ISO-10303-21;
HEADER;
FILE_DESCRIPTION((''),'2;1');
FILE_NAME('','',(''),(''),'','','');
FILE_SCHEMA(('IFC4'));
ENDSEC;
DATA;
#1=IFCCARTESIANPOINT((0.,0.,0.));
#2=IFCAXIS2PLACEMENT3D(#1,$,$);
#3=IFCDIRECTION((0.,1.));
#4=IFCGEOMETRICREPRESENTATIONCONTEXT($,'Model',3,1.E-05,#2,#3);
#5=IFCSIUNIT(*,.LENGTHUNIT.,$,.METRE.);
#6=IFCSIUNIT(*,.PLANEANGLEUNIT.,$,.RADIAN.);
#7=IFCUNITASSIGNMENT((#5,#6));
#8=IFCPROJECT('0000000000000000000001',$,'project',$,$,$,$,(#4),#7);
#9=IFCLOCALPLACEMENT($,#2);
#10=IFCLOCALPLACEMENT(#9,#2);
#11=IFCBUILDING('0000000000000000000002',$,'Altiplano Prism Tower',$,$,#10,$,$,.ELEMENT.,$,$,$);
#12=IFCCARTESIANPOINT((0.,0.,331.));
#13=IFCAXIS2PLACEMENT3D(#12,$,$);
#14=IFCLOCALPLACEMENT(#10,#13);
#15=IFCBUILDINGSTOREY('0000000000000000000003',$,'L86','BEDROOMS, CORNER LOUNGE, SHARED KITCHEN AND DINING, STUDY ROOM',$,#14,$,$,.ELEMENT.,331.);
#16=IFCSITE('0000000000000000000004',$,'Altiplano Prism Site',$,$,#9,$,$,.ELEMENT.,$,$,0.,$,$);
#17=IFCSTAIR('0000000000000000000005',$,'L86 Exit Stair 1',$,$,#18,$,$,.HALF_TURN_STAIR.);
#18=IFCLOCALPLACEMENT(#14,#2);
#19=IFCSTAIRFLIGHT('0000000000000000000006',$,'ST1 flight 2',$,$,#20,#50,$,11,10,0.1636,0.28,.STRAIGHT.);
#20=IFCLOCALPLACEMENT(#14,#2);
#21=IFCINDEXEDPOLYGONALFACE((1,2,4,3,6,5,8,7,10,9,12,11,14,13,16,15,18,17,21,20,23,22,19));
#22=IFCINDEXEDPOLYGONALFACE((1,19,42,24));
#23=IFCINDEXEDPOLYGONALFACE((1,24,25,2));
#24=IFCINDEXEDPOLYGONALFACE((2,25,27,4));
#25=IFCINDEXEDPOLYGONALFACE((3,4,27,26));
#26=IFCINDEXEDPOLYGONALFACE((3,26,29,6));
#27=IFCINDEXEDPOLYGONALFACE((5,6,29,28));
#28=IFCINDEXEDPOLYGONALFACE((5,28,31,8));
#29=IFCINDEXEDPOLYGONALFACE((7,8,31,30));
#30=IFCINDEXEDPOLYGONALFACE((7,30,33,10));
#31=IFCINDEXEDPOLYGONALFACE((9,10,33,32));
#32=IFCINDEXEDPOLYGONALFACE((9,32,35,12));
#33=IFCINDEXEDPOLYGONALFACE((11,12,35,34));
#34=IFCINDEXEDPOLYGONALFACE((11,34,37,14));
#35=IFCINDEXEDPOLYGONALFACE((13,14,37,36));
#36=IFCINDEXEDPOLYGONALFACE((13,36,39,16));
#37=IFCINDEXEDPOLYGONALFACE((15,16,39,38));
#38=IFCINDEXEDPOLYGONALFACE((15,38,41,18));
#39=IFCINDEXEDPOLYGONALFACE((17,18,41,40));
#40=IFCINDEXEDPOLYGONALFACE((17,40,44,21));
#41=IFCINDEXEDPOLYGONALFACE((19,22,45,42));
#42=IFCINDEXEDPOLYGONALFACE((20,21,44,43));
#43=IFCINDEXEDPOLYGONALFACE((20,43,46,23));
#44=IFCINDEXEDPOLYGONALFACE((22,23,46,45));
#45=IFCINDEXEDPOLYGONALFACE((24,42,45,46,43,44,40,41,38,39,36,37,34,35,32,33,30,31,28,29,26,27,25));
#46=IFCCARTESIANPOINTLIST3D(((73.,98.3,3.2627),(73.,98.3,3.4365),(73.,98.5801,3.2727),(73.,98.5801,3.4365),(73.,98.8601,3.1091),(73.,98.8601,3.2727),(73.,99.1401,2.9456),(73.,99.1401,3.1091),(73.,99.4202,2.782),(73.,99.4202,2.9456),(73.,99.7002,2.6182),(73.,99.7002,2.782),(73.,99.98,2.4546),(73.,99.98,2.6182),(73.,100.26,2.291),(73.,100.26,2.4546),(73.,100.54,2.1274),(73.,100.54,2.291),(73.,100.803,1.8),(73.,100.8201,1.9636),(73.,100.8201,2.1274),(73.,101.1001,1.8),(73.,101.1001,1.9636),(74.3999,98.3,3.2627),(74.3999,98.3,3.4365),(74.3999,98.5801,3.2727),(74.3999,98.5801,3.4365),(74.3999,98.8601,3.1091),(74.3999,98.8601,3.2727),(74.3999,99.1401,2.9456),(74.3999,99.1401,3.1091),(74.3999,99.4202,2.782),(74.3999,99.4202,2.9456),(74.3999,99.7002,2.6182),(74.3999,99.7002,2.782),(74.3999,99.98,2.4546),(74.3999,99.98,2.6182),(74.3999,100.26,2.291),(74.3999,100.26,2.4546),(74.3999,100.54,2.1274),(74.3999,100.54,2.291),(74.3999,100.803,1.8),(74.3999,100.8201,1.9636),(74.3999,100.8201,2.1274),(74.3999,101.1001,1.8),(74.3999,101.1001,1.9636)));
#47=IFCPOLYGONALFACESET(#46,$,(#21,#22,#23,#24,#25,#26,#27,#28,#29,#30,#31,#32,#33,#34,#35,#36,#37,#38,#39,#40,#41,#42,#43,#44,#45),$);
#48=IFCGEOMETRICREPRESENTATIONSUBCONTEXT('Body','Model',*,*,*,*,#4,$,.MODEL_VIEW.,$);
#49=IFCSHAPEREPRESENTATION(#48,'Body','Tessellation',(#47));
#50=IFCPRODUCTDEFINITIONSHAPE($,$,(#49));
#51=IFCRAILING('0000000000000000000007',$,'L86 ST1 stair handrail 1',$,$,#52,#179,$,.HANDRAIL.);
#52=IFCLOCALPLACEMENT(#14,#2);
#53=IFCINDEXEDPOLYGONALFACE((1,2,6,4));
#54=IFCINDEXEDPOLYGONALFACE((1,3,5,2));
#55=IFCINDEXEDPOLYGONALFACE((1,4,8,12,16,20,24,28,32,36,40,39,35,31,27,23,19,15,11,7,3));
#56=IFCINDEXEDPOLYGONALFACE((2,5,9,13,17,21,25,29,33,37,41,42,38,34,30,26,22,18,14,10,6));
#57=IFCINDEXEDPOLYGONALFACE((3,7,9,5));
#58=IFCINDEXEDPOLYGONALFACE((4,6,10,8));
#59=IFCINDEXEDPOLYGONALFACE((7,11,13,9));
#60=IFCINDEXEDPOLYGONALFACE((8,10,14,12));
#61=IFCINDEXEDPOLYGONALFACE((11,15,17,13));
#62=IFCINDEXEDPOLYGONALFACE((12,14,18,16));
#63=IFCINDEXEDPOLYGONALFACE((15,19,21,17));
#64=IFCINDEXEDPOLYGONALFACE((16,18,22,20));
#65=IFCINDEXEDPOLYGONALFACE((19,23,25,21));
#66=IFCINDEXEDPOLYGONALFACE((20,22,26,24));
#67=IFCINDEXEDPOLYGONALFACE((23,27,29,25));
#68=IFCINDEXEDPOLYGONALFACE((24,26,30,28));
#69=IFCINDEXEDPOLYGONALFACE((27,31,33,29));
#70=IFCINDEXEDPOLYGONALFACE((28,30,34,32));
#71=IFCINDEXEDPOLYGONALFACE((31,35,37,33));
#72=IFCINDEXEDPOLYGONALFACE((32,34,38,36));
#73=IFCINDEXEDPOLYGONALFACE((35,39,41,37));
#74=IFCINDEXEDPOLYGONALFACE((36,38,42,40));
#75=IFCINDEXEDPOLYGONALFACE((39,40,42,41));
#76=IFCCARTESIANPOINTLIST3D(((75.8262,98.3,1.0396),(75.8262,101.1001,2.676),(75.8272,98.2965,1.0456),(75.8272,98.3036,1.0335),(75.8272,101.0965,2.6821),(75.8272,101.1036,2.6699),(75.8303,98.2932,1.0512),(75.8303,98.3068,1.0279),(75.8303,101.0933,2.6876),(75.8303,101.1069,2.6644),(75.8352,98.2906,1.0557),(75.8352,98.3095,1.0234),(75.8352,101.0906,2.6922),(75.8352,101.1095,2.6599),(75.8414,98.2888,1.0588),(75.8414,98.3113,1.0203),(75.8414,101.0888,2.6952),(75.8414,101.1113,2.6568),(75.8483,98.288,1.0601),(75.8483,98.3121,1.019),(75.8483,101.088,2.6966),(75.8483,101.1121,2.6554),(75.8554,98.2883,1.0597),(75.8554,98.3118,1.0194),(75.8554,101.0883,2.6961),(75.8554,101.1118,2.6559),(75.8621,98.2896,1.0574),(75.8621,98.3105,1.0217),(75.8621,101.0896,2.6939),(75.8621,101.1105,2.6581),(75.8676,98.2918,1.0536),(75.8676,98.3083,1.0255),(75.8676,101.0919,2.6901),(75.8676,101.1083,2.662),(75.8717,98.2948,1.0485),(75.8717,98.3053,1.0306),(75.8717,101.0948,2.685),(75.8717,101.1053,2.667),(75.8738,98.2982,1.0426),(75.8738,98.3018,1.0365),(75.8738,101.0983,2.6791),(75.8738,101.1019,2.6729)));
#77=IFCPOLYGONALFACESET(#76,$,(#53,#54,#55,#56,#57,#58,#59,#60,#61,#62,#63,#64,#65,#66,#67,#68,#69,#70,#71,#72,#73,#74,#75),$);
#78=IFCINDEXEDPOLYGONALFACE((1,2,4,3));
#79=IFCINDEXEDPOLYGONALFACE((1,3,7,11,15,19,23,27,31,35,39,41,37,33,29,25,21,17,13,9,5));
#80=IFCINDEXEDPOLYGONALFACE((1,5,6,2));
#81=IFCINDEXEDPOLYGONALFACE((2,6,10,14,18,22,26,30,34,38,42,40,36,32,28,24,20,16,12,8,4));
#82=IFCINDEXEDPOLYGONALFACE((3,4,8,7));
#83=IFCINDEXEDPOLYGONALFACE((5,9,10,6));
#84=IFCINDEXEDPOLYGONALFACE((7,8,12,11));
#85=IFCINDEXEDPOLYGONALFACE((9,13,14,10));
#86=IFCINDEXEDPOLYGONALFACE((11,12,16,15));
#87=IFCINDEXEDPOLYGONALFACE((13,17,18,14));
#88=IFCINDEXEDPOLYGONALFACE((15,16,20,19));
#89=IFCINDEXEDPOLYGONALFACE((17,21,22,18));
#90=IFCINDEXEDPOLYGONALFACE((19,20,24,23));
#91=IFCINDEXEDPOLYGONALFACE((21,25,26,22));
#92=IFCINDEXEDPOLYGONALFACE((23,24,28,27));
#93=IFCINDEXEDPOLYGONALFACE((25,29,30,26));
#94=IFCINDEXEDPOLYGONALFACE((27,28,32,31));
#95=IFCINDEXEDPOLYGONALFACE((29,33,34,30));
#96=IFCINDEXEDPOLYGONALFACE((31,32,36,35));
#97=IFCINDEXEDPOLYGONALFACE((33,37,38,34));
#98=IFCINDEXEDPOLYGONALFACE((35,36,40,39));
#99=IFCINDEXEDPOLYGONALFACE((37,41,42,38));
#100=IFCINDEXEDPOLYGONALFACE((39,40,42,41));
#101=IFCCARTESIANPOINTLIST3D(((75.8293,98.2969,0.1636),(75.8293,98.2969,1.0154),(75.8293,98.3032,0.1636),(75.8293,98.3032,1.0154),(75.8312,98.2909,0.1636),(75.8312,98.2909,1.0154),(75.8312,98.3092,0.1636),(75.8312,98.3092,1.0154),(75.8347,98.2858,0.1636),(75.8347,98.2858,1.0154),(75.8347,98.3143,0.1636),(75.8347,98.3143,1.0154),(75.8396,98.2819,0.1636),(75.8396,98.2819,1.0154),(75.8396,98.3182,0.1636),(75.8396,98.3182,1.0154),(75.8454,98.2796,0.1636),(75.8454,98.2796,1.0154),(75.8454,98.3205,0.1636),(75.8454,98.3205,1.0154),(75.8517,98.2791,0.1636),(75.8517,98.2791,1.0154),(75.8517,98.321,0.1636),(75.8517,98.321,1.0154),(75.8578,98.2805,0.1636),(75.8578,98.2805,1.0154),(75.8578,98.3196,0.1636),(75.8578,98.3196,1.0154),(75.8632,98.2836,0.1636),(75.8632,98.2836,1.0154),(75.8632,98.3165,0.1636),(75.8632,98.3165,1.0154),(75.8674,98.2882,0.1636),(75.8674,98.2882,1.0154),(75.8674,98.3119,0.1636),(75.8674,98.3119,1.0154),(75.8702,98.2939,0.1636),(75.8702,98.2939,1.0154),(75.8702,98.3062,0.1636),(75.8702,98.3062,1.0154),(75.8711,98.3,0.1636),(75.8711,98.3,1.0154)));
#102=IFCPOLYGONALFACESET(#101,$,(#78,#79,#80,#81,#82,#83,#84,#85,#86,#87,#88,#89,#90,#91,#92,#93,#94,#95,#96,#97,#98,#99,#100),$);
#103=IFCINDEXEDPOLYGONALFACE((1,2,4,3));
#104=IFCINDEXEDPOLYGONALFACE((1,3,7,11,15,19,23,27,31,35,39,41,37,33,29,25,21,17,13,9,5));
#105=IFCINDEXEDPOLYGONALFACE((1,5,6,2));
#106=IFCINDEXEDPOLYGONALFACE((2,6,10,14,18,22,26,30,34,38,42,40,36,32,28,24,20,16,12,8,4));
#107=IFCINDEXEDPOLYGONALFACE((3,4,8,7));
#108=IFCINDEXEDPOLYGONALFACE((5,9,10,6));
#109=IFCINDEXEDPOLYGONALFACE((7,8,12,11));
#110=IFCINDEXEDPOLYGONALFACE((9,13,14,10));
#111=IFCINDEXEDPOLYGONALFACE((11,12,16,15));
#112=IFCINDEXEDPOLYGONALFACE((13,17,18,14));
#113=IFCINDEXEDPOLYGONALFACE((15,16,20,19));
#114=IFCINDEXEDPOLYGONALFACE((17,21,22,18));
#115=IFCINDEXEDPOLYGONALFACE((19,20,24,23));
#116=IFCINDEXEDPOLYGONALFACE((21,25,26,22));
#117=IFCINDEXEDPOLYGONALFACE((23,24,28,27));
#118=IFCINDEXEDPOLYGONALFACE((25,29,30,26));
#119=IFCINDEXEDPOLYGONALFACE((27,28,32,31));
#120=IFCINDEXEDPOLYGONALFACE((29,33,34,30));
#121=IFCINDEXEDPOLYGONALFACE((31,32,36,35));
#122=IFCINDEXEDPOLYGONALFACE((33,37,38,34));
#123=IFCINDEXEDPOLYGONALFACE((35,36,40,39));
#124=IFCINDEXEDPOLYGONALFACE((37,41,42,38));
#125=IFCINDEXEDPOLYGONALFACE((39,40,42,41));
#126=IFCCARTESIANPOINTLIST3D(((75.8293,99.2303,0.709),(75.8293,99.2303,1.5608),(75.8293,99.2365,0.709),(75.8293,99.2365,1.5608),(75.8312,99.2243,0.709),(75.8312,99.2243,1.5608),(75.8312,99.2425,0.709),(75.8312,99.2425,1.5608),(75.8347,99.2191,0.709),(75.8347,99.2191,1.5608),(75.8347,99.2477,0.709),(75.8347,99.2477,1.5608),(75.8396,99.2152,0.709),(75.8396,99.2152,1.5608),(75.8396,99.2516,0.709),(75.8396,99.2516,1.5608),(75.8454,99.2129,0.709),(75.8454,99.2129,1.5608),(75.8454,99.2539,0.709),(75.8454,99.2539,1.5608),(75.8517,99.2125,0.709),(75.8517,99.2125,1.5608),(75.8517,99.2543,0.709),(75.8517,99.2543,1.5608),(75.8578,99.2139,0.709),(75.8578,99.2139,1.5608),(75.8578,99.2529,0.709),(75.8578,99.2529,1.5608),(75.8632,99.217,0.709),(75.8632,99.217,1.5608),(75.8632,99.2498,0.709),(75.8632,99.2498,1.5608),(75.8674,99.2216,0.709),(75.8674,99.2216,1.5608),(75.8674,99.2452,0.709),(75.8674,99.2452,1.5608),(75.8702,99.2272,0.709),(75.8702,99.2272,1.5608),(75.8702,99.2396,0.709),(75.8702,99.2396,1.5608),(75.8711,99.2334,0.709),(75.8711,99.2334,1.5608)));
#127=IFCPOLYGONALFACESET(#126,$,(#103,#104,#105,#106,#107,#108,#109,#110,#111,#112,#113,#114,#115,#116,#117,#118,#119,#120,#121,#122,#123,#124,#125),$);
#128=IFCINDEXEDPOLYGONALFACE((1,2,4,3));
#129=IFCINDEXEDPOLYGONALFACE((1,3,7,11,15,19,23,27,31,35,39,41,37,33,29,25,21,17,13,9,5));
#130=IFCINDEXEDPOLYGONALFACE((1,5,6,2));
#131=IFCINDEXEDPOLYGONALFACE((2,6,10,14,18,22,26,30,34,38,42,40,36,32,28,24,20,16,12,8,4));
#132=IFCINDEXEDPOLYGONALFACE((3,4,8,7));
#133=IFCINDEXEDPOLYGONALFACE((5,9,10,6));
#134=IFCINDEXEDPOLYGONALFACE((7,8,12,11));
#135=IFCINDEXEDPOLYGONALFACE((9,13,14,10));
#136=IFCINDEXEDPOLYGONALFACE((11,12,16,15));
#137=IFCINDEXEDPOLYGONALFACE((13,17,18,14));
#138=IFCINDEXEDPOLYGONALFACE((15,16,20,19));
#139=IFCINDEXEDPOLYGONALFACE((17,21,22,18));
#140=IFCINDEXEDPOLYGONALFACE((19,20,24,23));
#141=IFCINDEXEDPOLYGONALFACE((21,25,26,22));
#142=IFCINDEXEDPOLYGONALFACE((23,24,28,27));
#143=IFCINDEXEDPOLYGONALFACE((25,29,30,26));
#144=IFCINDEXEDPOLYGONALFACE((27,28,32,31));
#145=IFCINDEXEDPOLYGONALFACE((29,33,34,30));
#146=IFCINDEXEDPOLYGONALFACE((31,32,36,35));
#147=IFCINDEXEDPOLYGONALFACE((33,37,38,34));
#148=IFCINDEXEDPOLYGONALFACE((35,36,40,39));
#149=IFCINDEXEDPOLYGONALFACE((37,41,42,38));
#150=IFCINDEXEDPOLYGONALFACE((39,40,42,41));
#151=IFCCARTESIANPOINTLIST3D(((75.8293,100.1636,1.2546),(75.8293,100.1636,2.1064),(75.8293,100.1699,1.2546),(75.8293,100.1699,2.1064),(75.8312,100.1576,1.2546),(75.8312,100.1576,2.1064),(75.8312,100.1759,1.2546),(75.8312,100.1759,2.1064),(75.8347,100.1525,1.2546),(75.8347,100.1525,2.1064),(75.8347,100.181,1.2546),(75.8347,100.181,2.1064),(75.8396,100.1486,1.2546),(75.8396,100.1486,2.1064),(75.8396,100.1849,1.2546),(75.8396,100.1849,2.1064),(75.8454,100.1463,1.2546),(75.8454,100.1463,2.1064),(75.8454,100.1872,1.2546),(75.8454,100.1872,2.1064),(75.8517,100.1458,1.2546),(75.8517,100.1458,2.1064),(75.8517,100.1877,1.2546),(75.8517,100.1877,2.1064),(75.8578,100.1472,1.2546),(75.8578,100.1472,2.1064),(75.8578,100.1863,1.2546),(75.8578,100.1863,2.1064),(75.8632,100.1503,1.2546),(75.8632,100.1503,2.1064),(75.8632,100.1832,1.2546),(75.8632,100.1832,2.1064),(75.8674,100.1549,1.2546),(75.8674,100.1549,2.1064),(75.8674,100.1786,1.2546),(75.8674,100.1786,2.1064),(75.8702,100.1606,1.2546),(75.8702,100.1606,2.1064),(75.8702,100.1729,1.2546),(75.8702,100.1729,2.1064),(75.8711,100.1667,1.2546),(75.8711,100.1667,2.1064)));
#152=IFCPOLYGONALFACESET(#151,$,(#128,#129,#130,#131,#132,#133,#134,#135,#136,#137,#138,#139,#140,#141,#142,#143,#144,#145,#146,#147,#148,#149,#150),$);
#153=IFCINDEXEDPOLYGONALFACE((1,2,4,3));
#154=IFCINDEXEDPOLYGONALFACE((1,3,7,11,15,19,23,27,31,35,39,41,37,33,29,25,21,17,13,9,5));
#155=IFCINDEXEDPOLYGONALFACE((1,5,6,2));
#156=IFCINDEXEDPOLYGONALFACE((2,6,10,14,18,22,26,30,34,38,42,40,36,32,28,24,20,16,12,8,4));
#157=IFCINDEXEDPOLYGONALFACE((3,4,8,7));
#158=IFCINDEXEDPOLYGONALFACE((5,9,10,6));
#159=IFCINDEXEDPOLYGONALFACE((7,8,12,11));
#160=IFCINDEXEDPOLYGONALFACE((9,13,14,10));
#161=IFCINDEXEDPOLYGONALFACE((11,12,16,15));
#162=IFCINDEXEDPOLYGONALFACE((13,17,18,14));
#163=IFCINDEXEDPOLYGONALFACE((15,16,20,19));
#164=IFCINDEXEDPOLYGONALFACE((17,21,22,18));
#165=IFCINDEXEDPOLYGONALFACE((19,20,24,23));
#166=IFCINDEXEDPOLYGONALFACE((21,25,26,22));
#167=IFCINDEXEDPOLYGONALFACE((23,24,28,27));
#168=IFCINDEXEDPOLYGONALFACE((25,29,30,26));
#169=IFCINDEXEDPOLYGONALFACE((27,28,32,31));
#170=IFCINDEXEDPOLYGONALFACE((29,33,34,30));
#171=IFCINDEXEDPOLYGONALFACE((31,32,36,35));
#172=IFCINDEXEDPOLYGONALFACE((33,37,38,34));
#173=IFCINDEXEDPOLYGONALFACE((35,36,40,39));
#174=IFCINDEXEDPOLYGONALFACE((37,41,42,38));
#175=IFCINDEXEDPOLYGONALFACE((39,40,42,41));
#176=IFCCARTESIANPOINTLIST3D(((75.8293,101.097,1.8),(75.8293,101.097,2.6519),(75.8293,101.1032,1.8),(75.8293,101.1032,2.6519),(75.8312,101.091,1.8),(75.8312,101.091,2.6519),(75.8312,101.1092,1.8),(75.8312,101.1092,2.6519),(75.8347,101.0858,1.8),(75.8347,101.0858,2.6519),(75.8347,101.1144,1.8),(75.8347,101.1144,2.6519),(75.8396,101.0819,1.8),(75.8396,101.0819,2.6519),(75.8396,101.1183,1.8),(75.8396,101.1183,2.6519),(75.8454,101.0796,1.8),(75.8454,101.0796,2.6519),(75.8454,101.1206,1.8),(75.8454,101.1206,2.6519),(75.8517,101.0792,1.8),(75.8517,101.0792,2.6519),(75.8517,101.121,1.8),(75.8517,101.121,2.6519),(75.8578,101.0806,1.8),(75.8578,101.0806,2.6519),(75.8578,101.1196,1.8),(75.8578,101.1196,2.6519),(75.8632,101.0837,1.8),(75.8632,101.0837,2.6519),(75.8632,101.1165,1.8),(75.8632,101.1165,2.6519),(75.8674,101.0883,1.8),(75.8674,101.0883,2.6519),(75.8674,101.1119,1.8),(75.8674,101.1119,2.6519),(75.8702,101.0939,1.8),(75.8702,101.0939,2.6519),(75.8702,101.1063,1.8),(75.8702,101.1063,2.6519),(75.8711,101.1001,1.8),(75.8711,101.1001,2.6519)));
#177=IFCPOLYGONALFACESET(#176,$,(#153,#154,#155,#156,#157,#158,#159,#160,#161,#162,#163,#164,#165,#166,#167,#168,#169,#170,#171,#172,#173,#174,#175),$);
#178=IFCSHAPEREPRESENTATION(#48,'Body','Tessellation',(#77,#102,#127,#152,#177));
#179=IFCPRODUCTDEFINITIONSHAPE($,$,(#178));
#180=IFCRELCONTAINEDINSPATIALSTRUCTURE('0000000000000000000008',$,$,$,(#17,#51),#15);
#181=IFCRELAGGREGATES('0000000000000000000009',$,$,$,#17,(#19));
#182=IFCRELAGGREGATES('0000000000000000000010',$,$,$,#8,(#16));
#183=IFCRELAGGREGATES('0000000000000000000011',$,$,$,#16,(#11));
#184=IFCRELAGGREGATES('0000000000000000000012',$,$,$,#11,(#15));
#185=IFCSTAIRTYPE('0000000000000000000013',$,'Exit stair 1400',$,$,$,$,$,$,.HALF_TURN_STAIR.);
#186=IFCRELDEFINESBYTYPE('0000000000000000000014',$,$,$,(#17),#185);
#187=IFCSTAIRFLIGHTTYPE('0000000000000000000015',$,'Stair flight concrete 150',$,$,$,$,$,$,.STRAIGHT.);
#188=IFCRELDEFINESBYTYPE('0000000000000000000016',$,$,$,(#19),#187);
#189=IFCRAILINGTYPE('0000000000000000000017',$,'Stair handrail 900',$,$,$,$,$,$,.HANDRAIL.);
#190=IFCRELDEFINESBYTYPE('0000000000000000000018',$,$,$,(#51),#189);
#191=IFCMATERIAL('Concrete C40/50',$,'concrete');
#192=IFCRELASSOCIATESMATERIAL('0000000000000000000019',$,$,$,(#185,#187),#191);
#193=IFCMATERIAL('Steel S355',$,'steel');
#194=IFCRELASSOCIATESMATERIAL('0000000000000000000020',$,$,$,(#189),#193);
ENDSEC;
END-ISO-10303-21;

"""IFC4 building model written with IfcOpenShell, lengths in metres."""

from ifc_helpers import new_model, si_unit, direction, frame, origin, origin_2d, place, context, subcontext, project, spatial, polyline, circle, outline, extrude, material, type_object, element, aggregate, save


model = new_model("IFC4")

# Units and contexts
model_context = context("Model", 3, precision=1e-05, world=origin(), true_north=direction((0.0, 1.0)))
body_context = subcontext(model_context, "Body", "Model", "MODEL_VIEW")
ifc_project = project(units=[si_unit("LENGTHUNIT", "METRE"), si_unit("PLANEANGLEUNIT", "RADIAN")], contexts=[model_context])

# Site, building, storey
site_placement = place(None, origin())
site = spatial("IfcSite", under=ifc_project, at=site_placement, Name="Altiplano Prism Site", CompositionType="ELEMENT", RefElevation=0.0)
building_placement = place(site_placement, origin())
building = spatial("IfcBuilding", under=site, at=building_placement, Name="Altiplano Prism Tower", CompositionType="ELEMENT")
storey_placement = place(building_placement, frame((0.0, 0.0, 331.0)))
storey = spatial("IfcBuildingStorey", under=building, at=storey_placement, Name="L86", Description="BEDROOMS, CORNER LOUNGE, SHARED KITCHEN AND DINING, STUDY ROOM", CompositionType="ELEMENT", Elevation=331.0)

# Shared definitions
ifc_material_1 = material(Name="Steel S355", Category="steel")

# Stair, stair flight
ifc_material_2 = material(Name="Concrete C40/50", Category="concrete")
stair_type = type_object("IfcStairType", Name="Exit stair 1400", PredefinedType="HALF_TURN_STAIR", material=ifc_material_2)
stair_placement = place(storey_placement, origin())
stair = element("IfcStair", 1, at=stair_placement, inside=storey, type_object=stair_type, Name="L86 Exit Stair 1", PredefinedType="HALF_TURN_STAIR")
stair_flight_type = type_object("IfcStairFlightType", Name="Stair flight concrete 150", PredefinedType="STRAIGHT", material=ifc_material_2)
stair_flight_1_placement = place(storey_placement, frame((73.7, 101.1001, 1.8), z_axis=(0.0, 0.0, 1.0), x_axis=(0.0, -1.0, 0.0)))
stair_flight_1 = element("IfcStairFlight", 2, at=stair_flight_1_placement, type_object=stair_flight_type, Name="ST1 flight 2", NumberOfRisers=11, NumberOfTreads=10, PredefinedType="STRAIGHT", RiserHeight=0.1636, TreadLength=0.28, context=body_context, shape_type="SweptSolid", body=[
    extrude(outline(polyline([(0.0, 0.0), (0.0, 0.1636), (0.28, 0.1636), (0.28, 0.3274), (0.5601, 0.3274), (0.5601, 0.491), (0.8401, 0.491), (0.8401, 0.6545), (1.1201, 0.6545), (1.1201, 0.8181), (1.3999, 0.8181), (1.3999, 0.9819), (1.6799, 0.9819), (1.6799, 1.1455), (1.96, 1.1455), (1.96, 1.3091), (2.24, 1.3091), (2.24, 1.4727), (2.52, 1.4727), (2.52, 1.6365), (2.8, 1.6365), (2.8, 1.8), (2.8, 1.4626), (0.2971, 0.0), (0.0, 0.0)])), frame((0.0, 0.7, 0.0), z_axis=(0.0, -1.0, 0.0), x_axis=(1.0, 0.0, 0.0)), (0.0, 0.0, 1.0), 1.3999),
])
aggregate(stair, [stair_flight_1])

# Railing
railing_type_1 = type_object("IfcRailingType", Name="Stair handrail 900", PredefinedType="HANDRAIL", material=ifc_material_1)
railing_1_placement = place(storey_placement, frame((75.8501, 98.3, 0.1636)))
element("IfcRailing", 3, at=railing_1_placement, inside=storey, type_object=railing_type_1, Name="L86 ST1 stair handrail 1", PredefinedType="HANDRAIL", context=body_context, shape_type="SweptSolid", body=[
    extrude(circle(Radius=0.0239, at=origin_2d()), frame((0.0, 0.0, 0.876), z_axis=(0.0, 0.863361, 0.504587), x_axis=(-1.0, 0.0, 0.0)), (0.0, 0.0, 1.0), 3.2432),
    extrude(circle(Radius=0.021, at=origin_2d()), origin(), (0.0, 0.0, 1.0), 0.8518),
    extrude(circle(Radius=0.021, at=origin_2d()), frame((0.0, 0.9333, 0.5454)), (0.0, 0.0, 1.0), 0.8518),
    extrude(circle(Radius=0.021, at=origin_2d()), frame((0.0, 1.8667, 1.0911)), (0.0, 0.0, 1.0), 0.8518),
    extrude(circle(Radius=0.021, at=origin_2d()), frame((0.0, 2.8, 1.6365)), (0.0, 0.0, 1.0), 0.8518),
])

save(model, "model.ifc")
